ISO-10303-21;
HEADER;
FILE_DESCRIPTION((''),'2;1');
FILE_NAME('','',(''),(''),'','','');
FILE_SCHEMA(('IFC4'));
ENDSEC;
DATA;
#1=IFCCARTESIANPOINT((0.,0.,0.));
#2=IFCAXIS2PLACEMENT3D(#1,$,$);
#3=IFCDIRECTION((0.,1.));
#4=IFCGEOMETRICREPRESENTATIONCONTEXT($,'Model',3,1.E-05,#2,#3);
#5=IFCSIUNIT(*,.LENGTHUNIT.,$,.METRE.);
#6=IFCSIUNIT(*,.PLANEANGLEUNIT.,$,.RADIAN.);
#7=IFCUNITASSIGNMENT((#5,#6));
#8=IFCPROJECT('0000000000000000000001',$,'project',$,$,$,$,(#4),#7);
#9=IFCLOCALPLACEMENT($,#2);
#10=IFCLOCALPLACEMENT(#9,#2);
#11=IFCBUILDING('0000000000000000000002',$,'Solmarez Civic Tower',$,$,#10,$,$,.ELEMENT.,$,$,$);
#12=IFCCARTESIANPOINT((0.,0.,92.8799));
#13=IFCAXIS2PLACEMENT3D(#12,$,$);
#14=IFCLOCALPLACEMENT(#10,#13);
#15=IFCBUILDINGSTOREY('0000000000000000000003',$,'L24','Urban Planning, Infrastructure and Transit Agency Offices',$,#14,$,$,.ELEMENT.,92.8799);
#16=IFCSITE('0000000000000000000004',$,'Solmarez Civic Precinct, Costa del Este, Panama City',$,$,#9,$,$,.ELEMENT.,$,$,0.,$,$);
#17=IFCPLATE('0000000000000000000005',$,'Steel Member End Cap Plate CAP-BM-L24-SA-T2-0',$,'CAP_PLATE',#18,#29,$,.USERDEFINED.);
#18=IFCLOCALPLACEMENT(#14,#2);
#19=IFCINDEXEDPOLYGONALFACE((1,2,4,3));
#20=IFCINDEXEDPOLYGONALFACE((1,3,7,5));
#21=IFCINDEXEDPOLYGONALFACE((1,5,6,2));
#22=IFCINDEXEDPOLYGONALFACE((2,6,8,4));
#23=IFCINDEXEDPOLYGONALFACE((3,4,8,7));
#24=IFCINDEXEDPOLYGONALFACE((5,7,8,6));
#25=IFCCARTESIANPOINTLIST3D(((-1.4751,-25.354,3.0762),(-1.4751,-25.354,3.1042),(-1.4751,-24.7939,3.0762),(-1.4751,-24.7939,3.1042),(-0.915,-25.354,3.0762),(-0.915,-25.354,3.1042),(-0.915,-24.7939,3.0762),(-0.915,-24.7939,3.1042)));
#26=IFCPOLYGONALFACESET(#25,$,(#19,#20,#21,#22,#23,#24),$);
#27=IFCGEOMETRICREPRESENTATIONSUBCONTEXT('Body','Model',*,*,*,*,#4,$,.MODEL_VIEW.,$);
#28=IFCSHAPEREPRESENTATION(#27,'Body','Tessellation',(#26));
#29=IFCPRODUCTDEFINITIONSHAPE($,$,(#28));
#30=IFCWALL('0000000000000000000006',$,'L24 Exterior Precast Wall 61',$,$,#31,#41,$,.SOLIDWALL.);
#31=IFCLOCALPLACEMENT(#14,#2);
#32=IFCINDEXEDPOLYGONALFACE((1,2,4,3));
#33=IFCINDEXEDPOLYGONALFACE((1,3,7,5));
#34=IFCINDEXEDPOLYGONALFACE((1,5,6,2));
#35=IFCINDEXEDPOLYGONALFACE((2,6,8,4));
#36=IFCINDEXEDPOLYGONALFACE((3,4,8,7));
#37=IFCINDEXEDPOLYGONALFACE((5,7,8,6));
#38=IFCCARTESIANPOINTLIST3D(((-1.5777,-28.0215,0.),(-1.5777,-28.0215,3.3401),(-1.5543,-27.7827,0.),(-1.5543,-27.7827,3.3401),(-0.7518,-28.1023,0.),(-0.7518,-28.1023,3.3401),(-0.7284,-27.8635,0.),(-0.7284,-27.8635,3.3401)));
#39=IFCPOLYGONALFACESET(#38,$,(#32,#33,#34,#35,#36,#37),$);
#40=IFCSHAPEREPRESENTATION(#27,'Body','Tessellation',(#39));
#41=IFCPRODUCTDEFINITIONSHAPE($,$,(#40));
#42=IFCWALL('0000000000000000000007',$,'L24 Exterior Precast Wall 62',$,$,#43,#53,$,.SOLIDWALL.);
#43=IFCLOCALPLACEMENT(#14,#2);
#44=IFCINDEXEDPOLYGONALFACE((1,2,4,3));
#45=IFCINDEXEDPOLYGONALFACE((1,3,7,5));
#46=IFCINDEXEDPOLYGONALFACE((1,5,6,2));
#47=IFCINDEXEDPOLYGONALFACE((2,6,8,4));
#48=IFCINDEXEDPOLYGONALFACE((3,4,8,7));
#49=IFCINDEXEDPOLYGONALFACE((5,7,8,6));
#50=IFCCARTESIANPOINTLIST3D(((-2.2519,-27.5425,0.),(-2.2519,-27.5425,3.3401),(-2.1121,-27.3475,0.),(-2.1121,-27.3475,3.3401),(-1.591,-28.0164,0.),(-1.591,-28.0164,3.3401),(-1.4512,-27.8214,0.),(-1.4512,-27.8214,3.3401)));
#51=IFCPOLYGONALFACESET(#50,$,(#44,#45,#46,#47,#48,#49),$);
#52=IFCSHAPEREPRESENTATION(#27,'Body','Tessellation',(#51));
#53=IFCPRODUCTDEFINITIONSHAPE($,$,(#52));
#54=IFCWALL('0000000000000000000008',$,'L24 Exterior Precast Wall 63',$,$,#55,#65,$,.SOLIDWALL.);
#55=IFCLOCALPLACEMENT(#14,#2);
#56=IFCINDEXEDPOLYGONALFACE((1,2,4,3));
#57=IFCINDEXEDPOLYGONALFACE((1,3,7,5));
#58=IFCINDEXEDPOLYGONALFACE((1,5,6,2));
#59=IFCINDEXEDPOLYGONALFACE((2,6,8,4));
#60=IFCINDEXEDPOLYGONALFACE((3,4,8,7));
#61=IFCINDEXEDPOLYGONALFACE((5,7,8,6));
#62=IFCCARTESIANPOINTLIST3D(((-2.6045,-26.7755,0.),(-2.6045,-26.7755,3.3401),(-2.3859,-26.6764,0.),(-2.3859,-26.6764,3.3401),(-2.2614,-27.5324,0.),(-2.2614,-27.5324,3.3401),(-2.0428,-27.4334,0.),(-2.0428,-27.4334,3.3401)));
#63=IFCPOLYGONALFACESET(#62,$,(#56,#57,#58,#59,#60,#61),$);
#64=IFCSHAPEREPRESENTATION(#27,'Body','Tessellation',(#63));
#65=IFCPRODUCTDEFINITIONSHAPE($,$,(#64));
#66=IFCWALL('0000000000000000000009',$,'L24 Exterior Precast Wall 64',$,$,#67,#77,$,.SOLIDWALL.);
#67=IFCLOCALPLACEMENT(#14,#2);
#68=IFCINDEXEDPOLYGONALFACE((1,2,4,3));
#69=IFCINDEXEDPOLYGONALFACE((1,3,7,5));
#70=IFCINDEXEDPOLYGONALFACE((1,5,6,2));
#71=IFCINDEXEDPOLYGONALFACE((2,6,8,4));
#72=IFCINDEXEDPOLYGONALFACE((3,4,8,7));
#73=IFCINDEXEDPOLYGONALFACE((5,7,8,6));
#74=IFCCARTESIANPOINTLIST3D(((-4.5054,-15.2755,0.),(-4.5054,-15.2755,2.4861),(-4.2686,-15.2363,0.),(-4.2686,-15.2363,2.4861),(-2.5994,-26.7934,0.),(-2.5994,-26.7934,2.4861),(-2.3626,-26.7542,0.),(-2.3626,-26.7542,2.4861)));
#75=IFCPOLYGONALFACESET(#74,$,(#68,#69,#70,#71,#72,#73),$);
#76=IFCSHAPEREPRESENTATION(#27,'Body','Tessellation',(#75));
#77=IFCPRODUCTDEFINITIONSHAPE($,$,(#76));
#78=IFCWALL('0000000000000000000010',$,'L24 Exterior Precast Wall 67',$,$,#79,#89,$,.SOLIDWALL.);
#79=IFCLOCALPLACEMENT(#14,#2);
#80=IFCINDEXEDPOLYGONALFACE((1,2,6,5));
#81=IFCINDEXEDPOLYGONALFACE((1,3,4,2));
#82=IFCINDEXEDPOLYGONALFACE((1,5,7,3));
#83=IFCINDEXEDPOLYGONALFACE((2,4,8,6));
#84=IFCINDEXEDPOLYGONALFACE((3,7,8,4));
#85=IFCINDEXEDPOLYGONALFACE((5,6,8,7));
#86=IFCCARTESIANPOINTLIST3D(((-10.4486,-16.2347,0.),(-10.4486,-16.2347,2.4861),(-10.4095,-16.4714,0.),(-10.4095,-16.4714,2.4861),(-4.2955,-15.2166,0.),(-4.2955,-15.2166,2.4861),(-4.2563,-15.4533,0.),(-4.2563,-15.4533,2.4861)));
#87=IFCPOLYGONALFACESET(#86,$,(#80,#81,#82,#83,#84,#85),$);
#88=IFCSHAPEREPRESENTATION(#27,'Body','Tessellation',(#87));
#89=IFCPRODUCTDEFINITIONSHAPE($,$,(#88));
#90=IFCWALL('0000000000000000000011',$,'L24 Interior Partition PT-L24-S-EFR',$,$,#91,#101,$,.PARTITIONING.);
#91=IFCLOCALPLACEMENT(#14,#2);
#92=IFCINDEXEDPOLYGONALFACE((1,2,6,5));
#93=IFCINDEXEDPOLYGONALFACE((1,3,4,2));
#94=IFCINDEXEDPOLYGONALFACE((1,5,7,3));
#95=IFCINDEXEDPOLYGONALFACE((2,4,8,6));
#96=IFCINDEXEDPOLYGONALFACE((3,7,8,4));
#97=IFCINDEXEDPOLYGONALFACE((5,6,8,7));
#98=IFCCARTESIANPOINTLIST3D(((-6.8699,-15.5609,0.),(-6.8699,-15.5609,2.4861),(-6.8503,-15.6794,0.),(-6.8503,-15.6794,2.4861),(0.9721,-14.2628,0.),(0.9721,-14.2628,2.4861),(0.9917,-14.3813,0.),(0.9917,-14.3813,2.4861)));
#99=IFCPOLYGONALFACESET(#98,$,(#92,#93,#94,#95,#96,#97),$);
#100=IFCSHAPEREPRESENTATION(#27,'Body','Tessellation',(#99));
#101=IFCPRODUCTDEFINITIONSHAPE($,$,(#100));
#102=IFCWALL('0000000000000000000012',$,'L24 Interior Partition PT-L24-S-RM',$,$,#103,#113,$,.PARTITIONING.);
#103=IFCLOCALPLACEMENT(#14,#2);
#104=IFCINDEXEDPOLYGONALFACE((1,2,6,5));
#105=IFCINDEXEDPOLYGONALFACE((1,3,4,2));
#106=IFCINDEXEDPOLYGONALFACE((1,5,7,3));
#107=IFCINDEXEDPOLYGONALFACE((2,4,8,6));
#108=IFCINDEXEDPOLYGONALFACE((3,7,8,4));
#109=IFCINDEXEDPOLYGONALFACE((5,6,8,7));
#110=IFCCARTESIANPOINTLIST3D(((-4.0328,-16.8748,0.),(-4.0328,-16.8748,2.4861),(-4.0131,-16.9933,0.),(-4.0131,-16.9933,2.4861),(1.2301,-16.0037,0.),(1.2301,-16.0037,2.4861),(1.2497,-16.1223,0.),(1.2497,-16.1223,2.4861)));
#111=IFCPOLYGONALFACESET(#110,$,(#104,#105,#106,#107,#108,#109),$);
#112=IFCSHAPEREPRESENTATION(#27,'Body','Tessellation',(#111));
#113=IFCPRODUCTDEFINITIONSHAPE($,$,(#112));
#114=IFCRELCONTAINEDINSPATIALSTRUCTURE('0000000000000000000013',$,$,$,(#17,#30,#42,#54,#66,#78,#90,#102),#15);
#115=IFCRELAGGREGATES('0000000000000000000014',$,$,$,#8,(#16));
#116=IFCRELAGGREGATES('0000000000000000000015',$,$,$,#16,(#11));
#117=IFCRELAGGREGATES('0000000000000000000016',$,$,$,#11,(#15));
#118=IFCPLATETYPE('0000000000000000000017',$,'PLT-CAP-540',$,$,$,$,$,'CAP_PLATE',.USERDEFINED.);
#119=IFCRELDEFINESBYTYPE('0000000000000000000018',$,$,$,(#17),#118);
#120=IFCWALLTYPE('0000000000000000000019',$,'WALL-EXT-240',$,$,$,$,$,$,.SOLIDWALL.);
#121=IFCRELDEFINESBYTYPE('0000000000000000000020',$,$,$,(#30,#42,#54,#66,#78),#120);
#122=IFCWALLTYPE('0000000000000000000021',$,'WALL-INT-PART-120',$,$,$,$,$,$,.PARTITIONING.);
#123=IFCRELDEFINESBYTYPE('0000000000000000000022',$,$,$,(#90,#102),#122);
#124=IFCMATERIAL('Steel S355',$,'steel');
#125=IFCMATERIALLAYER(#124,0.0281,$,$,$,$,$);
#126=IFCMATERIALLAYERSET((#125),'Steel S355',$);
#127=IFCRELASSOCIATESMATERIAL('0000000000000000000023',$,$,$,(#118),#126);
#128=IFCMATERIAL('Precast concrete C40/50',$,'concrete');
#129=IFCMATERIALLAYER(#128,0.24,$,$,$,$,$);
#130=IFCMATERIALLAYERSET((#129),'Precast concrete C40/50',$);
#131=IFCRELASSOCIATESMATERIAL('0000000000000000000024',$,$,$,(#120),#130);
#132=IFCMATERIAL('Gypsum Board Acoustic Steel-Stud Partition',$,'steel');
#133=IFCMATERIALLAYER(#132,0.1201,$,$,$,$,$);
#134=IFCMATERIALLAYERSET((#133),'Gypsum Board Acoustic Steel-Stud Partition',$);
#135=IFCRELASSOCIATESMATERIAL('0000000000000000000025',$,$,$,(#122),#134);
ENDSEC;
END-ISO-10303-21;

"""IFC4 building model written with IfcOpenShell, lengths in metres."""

from ifc_helpers import new_model, si_unit, direction, frame, frame_2d, origin, origin_2d, place, context, subcontext, project, spatial, rectangle, extrude, material, layer, layer_set, type_object, element, save


model = new_model("IFC4")

# Units and contexts
model_context = context("Model", 3, precision=1e-05, world=origin(), true_north=direction((0.0, 1.0)))
body_context = subcontext(model_context, "Body", "Model", "MODEL_VIEW")
ifc_project = project(units=[si_unit("LENGTHUNIT", "METRE"), si_unit("PLANEANGLEUNIT", "RADIAN")], contexts=[model_context])

# Site, building, storey
site_placement = place(None, origin())
site = spatial("IfcSite", under=ifc_project, at=site_placement, Name="Solmarez Civic Precinct, Costa del Este, Panama City", CompositionType="ELEMENT", RefElevation=0.0)
building_placement = place(site_placement, origin())
building = spatial("IfcBuilding", under=site, at=building_placement, Name="Solmarez Civic Tower", CompositionType="ELEMENT")
storey_placement = place(building_placement, frame((0.0, 0.0, 92.8799)))
storey = spatial("IfcBuildingStorey", under=building, at=storey_placement, Name="L24", Description="Urban Planning, Infrastructure and Transit Agency Offices", CompositionType="ELEMENT", Elevation=92.8799)

# Shared definitions
ifc_material_1 = material(Name="Steel S355", Category="steel")

# Plate
ifc_layer_1 = layer(ifc_material_1, 0.0281)
ifc_layer_set_1 = layer_set([ifc_layer_1], Name="Steel S355")
plate_type_1 = type_object("IfcPlateType", Name="PLT-CAP-540", ElementType="CAP_PLATE", PredefinedType="USERDEFINED", material=ifc_layer_set_1)
plate_placement = place(storey_placement, frame((-1.1951, -25.074, 3.0762), z_axis=(0.0, 0.0, 1.0), x_axis=(1.0, 0.0, 0.0)))
element("IfcPlate", 1, at=plate_placement, inside=storey, type_object=plate_type_1, Name="Steel Member End Cap Plate CAP-BM-L24-SA-T2-0", ObjectType="CAP_PLATE", PredefinedType="USERDEFINED", context=body_context, shape_type="SweptSolid", body=[
    extrude(rectangle(XDim=0.5601, YDim=0.5601, at=origin_2d()), origin(), (0.0, 0.0, 1.0), 0.0281),
])

# Walls
ifc_material_2 = material(Name="Precast concrete C40/50", Category="concrete")
ifc_layer_2 = layer(ifc_material_2, 0.24)
ifc_layer_set_2 = layer_set([ifc_layer_2], Name="Precast concrete C40/50")
wall_type_1 = type_object("IfcWallType", Name="WALL-EXT-240", PredefinedType="SOLIDWALL", material=ifc_layer_set_2)
wall_1_placement = place(storey_placement, frame((-0.74, -27.9829, 0.0), z_axis=(0.0, 0.0, 1.0), x_axis=(-0.995248, 0.097377, 0.0)))
element("IfcWall", 2, at=wall_1_placement, inside=storey, type_object=wall_type_1, Name="L24 Exterior Precast Wall 61", PredefinedType="SOLIDWALL", context=body_context, shape_type="SweptSolid", body=[
    extrude(rectangle(XDim=0.8298, YDim=0.24, at=frame_2d((0.415, 0.0))), origin(), (0.0, 0.0, 1.0), 3.3401),
])
wall_2_placement = place(storey_placement, frame((-1.521, -27.9189, 0.0), z_axis=(0.0, 0.0, 1.0), x_axis=(-0.812677, 0.582714, 0.0)))
element("IfcWall", 3, at=wall_2_placement, inside=storey, type_object=wall_type_1, Name="L24 Exterior Precast Wall 62", PredefinedType="SOLIDWALL", context=body_context, shape_type="SweptSolid", body=[
    extrude(rectangle(XDim=0.8132, YDim=0.24, at=frame_2d((0.4067, 0.0))), origin(), (0.0, 0.0, 1.0), 3.3401),
])
wall_3_placement = place(storey_placement, frame((-2.1521, -27.4829, 0.0), z_axis=(0.0, 0.0, 1.0), x_axis=(-0.412807, 0.910819, 0.0)))
element("IfcWall", 4, at=wall_3_placement, inside=storey, type_object=wall_type_1, Name="L24 Exterior Precast Wall 63", PredefinedType="SOLIDWALL", context=body_context, shape_type="SweptSolid", body=[
    extrude(rectangle(XDim=0.8311, YDim=0.24, at=frame_2d((0.4155, 0.0))), origin(), (0.0, 0.0, 1.0), 3.3401),
])
wall_4_placement = place(storey_placement, frame((-2.481, -26.7739, 0.0), z_axis=(0.0, 0.0, 1.0), x_axis=(-0.163263, 0.986583, 0.0)))
element("IfcWall", 5, at=wall_4_placement, inside=storey, type_object=wall_type_1, Name="L24 Exterior Precast Wall 64", PredefinedType="SOLIDWALL", context=body_context, shape_type="SweptSolid", body=[
    extrude(rectangle(XDim=11.6746, YDim=0.24, at=frame_2d((5.8374, 0.0))), origin(), (0.0, 0.0, 1.0), 2.4861),
])
wall_5_placement = place(storey_placement, frame((-4.2759, -15.335, 0.0), z_axis=(0.0, 0.0, 1.0), x_axis=(-0.986587, -0.163237, 0.0)))
element("IfcWall", 6, at=wall_5_placement, inside=storey, type_object=wall_type_1, Name="L24 Exterior Precast Wall 67", PredefinedType="SOLIDWALL", context=body_context, shape_type="SweptSolid", body=[
    extrude(rectangle(XDim=6.2368, YDim=0.24, at=frame_2d((3.1184, 0.0))), origin(), (0.0, 0.0, 1.0), 2.4861),
])
ifc_material_3 = material(Name="Gypsum Board Acoustic Steel-Stud Partition", Category="steel")
ifc_layer_3 = layer(ifc_material_3, 0.1201)
ifc_layer_set_3 = layer_set([ifc_layer_3], Name="Gypsum Board Acoustic Steel-Stud Partition")
wall_type_2 = type_object("IfcWallType", Name="WALL-INT-PART-120", PredefinedType="PARTITIONING", material=ifc_layer_set_3)
wall_6_placement = place(storey_placement, frame((-6.8601, -15.6201, 0.0), z_axis=(0.0, 0.0, 1.0), x_axis=(0.986575, 0.163308, 0.0)))
element("IfcWall", 7, at=wall_6_placement, inside=storey, type_object=wall_type_2, Name="L24 Interior Partition PT-L24-S-EFR", PredefinedType="PARTITIONING", context=body_context, shape_type="SweptSolid", body=[
    extrude(rectangle(XDim=7.9487, YDim=0.1201, at=frame_2d((3.9744, 0.0))), origin(), (0.0, 0.0, 1.0), 2.4861),
])
wall_7_placement = place(storey_placement, frame((-4.0229, -16.9341, 0.0), z_axis=(0.0, 0.0, 1.0), x_axis=(0.986578, 0.163293, 0.0)))
element("IfcWall", 8, at=wall_7_placement, inside=storey, type_object=wall_type_2, Name="L24 Interior Partition PT-L24-S-RM", PredefinedType="PARTITIONING", context=body_context, shape_type="SweptSolid", body=[
    extrude(rectangle(XDim=5.3345, YDim=0.1201, at=frame_2d((2.6672, 0.0))), origin(), (0.0, 0.0, 1.0), 2.4861),
])

save(model, "model.ifc")
